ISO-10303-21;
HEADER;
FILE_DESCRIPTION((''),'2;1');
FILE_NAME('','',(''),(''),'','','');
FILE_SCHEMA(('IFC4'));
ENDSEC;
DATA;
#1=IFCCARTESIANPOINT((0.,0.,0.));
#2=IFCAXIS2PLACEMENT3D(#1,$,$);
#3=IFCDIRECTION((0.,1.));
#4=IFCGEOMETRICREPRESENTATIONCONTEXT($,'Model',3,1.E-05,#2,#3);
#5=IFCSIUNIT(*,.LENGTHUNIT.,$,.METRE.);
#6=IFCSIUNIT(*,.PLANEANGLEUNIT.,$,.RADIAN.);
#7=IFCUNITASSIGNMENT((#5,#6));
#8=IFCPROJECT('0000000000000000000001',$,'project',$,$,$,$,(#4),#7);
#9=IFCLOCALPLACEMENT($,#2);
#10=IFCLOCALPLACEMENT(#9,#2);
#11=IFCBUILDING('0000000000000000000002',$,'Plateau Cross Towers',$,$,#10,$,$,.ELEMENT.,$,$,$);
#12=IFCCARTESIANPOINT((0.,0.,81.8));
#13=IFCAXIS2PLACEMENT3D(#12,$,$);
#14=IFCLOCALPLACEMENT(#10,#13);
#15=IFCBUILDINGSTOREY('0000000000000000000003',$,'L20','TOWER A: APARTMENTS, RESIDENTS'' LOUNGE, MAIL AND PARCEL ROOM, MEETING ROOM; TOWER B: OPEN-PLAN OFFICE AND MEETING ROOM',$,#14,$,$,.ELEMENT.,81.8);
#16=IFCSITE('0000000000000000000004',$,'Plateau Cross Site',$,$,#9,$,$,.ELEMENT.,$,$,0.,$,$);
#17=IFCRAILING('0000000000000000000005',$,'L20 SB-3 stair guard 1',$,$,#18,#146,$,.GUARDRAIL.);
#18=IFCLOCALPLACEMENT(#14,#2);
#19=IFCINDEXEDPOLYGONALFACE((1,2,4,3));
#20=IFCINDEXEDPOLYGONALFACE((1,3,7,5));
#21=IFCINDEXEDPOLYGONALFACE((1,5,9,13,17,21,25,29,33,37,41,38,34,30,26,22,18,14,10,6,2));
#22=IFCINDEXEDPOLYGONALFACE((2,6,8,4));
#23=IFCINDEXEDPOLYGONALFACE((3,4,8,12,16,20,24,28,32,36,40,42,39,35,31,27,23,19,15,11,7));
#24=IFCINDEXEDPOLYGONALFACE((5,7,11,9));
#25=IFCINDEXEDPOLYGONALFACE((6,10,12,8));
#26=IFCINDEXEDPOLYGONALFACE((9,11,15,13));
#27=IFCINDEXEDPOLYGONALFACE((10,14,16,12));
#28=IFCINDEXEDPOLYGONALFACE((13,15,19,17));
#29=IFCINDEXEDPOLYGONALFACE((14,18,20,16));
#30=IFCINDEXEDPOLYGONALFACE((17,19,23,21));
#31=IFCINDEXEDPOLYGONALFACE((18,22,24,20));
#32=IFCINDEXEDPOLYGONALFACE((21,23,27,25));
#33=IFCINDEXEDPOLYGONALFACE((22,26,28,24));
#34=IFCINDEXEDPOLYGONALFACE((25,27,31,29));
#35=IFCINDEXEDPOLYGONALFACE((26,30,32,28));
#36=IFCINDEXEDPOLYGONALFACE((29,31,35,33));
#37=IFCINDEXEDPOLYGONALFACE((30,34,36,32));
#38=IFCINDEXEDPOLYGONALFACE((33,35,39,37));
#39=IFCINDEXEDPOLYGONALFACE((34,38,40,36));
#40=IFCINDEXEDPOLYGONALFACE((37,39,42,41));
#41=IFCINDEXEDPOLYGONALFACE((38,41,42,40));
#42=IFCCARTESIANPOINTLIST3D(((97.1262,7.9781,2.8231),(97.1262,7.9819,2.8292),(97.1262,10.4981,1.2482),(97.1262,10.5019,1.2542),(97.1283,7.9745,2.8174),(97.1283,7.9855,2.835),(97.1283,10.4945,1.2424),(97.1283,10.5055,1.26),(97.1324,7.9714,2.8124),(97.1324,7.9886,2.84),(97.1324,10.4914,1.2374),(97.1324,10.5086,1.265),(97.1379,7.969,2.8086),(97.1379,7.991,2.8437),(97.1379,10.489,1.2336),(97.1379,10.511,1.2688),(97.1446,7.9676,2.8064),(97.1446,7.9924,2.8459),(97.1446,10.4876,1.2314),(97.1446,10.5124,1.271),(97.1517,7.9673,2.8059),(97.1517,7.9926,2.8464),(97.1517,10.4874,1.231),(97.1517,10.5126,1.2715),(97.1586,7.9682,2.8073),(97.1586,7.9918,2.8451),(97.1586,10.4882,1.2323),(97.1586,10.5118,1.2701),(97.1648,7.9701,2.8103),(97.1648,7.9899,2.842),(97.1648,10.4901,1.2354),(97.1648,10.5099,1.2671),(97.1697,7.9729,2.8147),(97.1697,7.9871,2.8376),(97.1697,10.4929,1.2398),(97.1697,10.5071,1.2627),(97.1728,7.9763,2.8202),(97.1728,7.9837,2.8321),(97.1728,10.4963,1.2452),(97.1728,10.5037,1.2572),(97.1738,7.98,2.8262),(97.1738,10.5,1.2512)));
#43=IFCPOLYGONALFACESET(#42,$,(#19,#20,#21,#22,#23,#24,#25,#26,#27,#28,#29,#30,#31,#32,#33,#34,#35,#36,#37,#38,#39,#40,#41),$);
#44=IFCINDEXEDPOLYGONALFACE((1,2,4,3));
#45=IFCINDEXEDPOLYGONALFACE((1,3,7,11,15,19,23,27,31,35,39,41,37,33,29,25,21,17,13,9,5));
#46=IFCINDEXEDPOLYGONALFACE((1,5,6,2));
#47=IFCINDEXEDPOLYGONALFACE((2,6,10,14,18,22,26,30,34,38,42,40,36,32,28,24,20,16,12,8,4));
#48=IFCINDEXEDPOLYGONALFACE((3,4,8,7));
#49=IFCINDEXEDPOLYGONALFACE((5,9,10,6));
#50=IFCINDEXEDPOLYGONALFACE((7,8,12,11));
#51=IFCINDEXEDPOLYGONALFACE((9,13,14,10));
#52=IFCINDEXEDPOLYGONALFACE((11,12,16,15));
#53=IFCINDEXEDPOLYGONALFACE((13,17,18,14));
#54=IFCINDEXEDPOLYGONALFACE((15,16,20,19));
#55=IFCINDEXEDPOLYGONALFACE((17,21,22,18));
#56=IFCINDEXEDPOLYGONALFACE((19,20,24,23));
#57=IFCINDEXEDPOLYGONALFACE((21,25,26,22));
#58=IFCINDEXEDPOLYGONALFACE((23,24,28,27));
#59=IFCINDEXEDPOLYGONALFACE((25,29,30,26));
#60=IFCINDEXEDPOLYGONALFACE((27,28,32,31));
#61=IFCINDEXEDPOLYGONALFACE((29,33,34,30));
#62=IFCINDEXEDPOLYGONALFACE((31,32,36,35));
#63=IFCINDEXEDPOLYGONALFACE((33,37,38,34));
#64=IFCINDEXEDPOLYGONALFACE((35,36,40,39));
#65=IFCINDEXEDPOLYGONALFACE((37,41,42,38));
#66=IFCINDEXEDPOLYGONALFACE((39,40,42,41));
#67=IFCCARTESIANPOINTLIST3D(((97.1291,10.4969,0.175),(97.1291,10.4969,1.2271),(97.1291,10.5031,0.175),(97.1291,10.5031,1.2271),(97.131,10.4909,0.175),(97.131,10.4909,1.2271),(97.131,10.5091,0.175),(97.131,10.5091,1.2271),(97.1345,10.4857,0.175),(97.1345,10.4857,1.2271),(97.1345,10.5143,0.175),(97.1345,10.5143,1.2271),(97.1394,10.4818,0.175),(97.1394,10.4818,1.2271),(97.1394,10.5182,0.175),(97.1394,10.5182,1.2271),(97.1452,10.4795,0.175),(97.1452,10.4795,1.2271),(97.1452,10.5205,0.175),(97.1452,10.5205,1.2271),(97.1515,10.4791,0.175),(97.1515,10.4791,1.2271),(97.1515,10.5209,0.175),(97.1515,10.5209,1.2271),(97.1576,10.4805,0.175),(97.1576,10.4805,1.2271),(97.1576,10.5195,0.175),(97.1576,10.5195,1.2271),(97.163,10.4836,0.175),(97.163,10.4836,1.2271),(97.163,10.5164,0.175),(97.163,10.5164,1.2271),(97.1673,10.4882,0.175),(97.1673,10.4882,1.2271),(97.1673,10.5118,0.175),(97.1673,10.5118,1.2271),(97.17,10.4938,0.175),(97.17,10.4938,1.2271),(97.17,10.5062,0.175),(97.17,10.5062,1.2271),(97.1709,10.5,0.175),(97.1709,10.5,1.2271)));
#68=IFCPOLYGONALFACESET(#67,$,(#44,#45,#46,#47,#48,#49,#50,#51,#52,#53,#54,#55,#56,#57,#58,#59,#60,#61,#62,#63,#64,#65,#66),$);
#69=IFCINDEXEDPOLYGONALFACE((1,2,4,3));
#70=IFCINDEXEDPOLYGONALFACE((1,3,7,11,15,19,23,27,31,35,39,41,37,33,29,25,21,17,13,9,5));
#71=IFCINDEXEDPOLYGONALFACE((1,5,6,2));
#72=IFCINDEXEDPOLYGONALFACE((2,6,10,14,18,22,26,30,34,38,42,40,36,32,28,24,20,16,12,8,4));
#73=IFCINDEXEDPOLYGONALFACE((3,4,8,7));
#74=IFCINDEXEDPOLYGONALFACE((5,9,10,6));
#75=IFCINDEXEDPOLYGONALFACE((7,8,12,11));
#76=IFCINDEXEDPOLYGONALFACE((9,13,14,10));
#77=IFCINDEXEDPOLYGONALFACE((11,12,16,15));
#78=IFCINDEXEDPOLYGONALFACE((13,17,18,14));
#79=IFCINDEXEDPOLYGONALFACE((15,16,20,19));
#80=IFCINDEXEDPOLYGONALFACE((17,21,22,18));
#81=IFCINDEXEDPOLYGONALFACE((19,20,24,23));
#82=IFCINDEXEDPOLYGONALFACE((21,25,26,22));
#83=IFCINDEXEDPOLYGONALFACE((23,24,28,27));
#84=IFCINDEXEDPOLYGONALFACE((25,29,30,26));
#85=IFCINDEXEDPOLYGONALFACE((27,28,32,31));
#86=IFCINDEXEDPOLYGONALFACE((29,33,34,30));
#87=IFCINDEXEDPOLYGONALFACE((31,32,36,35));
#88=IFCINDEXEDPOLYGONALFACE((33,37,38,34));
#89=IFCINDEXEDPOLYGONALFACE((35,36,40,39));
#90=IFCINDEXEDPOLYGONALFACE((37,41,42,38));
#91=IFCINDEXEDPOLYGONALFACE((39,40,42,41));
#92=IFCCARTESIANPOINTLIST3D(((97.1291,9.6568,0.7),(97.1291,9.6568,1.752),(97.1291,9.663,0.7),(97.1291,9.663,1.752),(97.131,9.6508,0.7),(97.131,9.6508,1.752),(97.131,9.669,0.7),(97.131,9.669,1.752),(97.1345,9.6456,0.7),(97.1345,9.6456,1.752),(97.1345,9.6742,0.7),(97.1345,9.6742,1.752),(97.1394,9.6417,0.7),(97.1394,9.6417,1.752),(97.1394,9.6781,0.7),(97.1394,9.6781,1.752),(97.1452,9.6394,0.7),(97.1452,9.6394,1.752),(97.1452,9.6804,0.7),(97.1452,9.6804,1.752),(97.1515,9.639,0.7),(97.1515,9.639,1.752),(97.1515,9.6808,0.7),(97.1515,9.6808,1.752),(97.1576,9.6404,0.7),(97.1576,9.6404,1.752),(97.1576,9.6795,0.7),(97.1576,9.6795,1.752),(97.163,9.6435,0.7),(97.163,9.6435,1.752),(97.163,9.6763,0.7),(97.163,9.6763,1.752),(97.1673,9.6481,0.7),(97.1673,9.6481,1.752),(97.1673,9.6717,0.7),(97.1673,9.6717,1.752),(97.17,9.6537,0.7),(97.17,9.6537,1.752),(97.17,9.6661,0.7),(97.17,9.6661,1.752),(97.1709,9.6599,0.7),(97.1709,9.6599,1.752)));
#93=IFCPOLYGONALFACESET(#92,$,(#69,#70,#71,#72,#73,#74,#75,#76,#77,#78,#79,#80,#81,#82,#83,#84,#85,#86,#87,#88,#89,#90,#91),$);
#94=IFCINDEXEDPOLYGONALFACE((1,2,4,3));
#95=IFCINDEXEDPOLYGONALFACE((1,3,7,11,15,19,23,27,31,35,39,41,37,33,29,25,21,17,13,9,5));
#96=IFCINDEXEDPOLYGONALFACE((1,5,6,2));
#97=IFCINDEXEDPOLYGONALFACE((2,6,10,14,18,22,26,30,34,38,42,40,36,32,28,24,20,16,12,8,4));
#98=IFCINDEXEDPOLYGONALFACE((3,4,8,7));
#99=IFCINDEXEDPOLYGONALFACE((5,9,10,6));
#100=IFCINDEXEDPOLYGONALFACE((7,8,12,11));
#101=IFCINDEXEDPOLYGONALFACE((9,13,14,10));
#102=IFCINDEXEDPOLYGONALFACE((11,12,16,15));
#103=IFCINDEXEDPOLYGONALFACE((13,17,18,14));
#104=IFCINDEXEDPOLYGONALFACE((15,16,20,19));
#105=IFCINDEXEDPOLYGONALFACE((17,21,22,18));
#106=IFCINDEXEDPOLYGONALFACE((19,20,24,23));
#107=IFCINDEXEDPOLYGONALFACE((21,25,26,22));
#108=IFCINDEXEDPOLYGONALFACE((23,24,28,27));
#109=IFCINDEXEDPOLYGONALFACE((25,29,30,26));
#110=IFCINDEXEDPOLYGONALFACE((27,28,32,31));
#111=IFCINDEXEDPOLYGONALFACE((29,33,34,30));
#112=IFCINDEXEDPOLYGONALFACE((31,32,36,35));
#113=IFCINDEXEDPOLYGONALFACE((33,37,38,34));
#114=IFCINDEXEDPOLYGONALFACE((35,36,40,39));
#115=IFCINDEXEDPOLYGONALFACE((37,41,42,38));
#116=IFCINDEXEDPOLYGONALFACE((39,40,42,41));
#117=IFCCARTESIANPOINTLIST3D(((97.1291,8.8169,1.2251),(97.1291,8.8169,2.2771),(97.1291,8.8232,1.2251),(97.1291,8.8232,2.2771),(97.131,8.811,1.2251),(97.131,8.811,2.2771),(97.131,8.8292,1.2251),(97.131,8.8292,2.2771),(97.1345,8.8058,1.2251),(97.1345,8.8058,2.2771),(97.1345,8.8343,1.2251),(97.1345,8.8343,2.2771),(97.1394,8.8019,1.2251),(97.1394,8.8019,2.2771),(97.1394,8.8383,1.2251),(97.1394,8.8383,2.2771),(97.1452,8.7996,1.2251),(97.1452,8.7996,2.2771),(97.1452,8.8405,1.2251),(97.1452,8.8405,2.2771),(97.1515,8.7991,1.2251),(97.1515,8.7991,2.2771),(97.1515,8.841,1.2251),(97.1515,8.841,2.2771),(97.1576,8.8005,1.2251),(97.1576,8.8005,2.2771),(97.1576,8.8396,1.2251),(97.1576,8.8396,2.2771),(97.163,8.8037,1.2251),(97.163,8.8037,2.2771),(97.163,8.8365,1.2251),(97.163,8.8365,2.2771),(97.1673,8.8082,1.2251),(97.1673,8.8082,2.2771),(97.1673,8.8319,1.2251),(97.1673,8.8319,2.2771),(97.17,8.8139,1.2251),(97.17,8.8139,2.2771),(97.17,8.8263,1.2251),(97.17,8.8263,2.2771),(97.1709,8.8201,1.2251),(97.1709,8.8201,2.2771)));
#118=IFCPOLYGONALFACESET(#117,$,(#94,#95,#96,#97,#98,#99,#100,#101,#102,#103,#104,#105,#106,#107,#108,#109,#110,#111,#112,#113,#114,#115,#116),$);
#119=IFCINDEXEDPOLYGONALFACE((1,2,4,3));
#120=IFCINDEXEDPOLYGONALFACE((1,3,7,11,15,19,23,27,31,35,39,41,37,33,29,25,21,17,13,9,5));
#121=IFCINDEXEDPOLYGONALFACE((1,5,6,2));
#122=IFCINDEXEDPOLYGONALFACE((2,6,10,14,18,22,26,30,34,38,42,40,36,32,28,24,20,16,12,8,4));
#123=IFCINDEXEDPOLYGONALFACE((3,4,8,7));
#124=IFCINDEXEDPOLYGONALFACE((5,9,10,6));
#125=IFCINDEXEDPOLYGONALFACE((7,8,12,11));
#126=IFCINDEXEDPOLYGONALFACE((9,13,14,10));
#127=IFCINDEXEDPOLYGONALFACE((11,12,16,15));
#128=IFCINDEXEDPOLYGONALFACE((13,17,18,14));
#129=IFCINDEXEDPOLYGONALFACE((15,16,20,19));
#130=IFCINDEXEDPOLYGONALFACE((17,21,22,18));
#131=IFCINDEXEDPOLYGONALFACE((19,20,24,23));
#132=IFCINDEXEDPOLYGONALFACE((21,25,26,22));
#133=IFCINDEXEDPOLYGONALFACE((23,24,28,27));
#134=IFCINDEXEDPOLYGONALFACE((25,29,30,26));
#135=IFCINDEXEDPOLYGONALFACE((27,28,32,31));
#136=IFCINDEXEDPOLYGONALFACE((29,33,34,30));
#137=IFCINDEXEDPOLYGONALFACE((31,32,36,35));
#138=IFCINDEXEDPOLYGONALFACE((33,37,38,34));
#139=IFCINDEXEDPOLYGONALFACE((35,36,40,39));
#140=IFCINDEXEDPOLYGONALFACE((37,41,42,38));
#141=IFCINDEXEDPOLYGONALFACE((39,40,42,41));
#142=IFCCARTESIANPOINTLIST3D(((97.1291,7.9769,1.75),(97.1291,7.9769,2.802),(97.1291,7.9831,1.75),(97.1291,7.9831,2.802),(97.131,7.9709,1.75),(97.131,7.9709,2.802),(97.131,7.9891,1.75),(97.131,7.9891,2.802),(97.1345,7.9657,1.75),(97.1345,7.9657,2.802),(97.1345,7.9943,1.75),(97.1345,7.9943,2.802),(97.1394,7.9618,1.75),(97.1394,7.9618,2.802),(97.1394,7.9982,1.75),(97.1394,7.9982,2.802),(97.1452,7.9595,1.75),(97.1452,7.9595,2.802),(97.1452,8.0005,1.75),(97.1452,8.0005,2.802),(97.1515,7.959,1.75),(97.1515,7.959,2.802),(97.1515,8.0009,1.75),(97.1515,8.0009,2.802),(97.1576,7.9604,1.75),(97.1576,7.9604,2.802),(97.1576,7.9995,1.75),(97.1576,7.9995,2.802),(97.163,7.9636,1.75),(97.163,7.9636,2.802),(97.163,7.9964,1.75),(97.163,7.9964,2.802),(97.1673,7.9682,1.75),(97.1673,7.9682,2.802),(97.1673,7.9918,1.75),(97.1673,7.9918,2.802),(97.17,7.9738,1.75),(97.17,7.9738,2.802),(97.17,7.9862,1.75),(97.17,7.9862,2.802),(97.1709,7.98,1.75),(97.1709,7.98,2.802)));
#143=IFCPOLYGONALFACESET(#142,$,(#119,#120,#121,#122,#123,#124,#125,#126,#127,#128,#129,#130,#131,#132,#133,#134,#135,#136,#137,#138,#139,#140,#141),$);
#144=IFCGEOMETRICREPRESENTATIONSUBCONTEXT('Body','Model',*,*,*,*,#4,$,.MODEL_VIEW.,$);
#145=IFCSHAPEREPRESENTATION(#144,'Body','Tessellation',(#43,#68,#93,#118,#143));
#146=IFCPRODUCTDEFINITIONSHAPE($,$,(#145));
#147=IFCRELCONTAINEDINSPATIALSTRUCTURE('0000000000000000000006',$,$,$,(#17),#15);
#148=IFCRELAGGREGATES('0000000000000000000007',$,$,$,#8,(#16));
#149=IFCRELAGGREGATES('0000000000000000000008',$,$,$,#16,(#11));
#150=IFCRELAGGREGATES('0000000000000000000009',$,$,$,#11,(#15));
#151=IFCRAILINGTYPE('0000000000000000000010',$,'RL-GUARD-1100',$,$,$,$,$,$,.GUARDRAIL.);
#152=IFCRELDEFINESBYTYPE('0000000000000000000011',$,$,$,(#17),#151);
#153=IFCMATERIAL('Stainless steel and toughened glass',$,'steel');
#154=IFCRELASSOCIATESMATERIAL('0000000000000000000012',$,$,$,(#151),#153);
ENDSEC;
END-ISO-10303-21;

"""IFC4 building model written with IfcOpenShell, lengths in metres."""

from ifc_helpers import new_model, si_unit, direction, frame, origin, origin_2d, place, context, subcontext, project, spatial, circle, extrude, material, type_object, element, save


model = new_model("IFC4")

# Units and contexts
model_context = context("Model", 3, precision=1e-05, world=origin(), true_north=direction((0.0, 1.0)))
body_context = subcontext(model_context, "Body", "Model", "MODEL_VIEW")
ifc_project = project(units=[si_unit("LENGTHUNIT", "METRE"), si_unit("PLANEANGLEUNIT", "RADIAN")], contexts=[model_context])

# Site, building, storey
site_placement = place(None, origin())
site = spatial("IfcSite", under=ifc_project, at=site_placement, Name="Plateau Cross Site", CompositionType="ELEMENT", RefElevation=0.0)
building_placement = place(site_placement, origin())
building = spatial("IfcBuilding", under=site, at=building_placement, Name="Plateau Cross Towers", CompositionType="ELEMENT")
storey_placement = place(building_placement, frame((0.0, 0.0, 81.8)))
storey = spatial("IfcBuildingStorey", under=building, at=storey_placement, Name="L20", Description="TOWER A: APARTMENTS, RESIDENTS' LOUNGE, MAIL AND PARCEL ROOM, MEETING ROOM; TOWER B: OPEN-PLAN OFFICE AND MEETING ROOM", CompositionType="ELEMENT", Elevation=81.8)

# Railing
ifc_material_1 = material(Name="Stainless steel and toughened glass", Category="steel")
railing_type_1 = type_object("IfcRailingType", Name="RL-GUARD-1100", PredefinedType="GUARDRAIL", material=ifc_material_1)
railing_1_placement = place(storey_placement, frame((97.1499, 10.5, 0.175)))
element("IfcRailing", 1, at=railing_1_placement, inside=storey, type_object=railing_type_1, Name="L20 SB-3 stair guard 1", PredefinedType="GUARDRAIL", context=body_context, shape_type="SweptSolid", body=[
    extrude(circle(Radius=0.0239, at=origin_2d()), frame((0.0, 0.0, 1.0762), z_axis=(0.0, -0.848008, 0.529984), x_axis=(1.0, 0.0, 0.0)), (0.0, 0.0, 1.0), 2.9717),
    extrude(circle(Radius=0.021, at=origin_2d()), origin(), (0.0, 0.0, 1.0), 1.052),
    extrude(circle(Radius=0.021, at=origin_2d()), frame((0.0, -0.8401, 0.5249)), (0.0, 0.0, 1.0), 1.052),
    extrude(circle(Radius=0.021, at=origin_2d()), frame((0.0, -1.6799, 1.05)), (0.0, 0.0, 1.0), 1.052),
    extrude(circle(Radius=0.021, at=origin_2d()), frame((0.0, -2.52, 1.575)), (0.0, 0.0, 1.0), 1.052),
])

save(model, "model.ifc")
